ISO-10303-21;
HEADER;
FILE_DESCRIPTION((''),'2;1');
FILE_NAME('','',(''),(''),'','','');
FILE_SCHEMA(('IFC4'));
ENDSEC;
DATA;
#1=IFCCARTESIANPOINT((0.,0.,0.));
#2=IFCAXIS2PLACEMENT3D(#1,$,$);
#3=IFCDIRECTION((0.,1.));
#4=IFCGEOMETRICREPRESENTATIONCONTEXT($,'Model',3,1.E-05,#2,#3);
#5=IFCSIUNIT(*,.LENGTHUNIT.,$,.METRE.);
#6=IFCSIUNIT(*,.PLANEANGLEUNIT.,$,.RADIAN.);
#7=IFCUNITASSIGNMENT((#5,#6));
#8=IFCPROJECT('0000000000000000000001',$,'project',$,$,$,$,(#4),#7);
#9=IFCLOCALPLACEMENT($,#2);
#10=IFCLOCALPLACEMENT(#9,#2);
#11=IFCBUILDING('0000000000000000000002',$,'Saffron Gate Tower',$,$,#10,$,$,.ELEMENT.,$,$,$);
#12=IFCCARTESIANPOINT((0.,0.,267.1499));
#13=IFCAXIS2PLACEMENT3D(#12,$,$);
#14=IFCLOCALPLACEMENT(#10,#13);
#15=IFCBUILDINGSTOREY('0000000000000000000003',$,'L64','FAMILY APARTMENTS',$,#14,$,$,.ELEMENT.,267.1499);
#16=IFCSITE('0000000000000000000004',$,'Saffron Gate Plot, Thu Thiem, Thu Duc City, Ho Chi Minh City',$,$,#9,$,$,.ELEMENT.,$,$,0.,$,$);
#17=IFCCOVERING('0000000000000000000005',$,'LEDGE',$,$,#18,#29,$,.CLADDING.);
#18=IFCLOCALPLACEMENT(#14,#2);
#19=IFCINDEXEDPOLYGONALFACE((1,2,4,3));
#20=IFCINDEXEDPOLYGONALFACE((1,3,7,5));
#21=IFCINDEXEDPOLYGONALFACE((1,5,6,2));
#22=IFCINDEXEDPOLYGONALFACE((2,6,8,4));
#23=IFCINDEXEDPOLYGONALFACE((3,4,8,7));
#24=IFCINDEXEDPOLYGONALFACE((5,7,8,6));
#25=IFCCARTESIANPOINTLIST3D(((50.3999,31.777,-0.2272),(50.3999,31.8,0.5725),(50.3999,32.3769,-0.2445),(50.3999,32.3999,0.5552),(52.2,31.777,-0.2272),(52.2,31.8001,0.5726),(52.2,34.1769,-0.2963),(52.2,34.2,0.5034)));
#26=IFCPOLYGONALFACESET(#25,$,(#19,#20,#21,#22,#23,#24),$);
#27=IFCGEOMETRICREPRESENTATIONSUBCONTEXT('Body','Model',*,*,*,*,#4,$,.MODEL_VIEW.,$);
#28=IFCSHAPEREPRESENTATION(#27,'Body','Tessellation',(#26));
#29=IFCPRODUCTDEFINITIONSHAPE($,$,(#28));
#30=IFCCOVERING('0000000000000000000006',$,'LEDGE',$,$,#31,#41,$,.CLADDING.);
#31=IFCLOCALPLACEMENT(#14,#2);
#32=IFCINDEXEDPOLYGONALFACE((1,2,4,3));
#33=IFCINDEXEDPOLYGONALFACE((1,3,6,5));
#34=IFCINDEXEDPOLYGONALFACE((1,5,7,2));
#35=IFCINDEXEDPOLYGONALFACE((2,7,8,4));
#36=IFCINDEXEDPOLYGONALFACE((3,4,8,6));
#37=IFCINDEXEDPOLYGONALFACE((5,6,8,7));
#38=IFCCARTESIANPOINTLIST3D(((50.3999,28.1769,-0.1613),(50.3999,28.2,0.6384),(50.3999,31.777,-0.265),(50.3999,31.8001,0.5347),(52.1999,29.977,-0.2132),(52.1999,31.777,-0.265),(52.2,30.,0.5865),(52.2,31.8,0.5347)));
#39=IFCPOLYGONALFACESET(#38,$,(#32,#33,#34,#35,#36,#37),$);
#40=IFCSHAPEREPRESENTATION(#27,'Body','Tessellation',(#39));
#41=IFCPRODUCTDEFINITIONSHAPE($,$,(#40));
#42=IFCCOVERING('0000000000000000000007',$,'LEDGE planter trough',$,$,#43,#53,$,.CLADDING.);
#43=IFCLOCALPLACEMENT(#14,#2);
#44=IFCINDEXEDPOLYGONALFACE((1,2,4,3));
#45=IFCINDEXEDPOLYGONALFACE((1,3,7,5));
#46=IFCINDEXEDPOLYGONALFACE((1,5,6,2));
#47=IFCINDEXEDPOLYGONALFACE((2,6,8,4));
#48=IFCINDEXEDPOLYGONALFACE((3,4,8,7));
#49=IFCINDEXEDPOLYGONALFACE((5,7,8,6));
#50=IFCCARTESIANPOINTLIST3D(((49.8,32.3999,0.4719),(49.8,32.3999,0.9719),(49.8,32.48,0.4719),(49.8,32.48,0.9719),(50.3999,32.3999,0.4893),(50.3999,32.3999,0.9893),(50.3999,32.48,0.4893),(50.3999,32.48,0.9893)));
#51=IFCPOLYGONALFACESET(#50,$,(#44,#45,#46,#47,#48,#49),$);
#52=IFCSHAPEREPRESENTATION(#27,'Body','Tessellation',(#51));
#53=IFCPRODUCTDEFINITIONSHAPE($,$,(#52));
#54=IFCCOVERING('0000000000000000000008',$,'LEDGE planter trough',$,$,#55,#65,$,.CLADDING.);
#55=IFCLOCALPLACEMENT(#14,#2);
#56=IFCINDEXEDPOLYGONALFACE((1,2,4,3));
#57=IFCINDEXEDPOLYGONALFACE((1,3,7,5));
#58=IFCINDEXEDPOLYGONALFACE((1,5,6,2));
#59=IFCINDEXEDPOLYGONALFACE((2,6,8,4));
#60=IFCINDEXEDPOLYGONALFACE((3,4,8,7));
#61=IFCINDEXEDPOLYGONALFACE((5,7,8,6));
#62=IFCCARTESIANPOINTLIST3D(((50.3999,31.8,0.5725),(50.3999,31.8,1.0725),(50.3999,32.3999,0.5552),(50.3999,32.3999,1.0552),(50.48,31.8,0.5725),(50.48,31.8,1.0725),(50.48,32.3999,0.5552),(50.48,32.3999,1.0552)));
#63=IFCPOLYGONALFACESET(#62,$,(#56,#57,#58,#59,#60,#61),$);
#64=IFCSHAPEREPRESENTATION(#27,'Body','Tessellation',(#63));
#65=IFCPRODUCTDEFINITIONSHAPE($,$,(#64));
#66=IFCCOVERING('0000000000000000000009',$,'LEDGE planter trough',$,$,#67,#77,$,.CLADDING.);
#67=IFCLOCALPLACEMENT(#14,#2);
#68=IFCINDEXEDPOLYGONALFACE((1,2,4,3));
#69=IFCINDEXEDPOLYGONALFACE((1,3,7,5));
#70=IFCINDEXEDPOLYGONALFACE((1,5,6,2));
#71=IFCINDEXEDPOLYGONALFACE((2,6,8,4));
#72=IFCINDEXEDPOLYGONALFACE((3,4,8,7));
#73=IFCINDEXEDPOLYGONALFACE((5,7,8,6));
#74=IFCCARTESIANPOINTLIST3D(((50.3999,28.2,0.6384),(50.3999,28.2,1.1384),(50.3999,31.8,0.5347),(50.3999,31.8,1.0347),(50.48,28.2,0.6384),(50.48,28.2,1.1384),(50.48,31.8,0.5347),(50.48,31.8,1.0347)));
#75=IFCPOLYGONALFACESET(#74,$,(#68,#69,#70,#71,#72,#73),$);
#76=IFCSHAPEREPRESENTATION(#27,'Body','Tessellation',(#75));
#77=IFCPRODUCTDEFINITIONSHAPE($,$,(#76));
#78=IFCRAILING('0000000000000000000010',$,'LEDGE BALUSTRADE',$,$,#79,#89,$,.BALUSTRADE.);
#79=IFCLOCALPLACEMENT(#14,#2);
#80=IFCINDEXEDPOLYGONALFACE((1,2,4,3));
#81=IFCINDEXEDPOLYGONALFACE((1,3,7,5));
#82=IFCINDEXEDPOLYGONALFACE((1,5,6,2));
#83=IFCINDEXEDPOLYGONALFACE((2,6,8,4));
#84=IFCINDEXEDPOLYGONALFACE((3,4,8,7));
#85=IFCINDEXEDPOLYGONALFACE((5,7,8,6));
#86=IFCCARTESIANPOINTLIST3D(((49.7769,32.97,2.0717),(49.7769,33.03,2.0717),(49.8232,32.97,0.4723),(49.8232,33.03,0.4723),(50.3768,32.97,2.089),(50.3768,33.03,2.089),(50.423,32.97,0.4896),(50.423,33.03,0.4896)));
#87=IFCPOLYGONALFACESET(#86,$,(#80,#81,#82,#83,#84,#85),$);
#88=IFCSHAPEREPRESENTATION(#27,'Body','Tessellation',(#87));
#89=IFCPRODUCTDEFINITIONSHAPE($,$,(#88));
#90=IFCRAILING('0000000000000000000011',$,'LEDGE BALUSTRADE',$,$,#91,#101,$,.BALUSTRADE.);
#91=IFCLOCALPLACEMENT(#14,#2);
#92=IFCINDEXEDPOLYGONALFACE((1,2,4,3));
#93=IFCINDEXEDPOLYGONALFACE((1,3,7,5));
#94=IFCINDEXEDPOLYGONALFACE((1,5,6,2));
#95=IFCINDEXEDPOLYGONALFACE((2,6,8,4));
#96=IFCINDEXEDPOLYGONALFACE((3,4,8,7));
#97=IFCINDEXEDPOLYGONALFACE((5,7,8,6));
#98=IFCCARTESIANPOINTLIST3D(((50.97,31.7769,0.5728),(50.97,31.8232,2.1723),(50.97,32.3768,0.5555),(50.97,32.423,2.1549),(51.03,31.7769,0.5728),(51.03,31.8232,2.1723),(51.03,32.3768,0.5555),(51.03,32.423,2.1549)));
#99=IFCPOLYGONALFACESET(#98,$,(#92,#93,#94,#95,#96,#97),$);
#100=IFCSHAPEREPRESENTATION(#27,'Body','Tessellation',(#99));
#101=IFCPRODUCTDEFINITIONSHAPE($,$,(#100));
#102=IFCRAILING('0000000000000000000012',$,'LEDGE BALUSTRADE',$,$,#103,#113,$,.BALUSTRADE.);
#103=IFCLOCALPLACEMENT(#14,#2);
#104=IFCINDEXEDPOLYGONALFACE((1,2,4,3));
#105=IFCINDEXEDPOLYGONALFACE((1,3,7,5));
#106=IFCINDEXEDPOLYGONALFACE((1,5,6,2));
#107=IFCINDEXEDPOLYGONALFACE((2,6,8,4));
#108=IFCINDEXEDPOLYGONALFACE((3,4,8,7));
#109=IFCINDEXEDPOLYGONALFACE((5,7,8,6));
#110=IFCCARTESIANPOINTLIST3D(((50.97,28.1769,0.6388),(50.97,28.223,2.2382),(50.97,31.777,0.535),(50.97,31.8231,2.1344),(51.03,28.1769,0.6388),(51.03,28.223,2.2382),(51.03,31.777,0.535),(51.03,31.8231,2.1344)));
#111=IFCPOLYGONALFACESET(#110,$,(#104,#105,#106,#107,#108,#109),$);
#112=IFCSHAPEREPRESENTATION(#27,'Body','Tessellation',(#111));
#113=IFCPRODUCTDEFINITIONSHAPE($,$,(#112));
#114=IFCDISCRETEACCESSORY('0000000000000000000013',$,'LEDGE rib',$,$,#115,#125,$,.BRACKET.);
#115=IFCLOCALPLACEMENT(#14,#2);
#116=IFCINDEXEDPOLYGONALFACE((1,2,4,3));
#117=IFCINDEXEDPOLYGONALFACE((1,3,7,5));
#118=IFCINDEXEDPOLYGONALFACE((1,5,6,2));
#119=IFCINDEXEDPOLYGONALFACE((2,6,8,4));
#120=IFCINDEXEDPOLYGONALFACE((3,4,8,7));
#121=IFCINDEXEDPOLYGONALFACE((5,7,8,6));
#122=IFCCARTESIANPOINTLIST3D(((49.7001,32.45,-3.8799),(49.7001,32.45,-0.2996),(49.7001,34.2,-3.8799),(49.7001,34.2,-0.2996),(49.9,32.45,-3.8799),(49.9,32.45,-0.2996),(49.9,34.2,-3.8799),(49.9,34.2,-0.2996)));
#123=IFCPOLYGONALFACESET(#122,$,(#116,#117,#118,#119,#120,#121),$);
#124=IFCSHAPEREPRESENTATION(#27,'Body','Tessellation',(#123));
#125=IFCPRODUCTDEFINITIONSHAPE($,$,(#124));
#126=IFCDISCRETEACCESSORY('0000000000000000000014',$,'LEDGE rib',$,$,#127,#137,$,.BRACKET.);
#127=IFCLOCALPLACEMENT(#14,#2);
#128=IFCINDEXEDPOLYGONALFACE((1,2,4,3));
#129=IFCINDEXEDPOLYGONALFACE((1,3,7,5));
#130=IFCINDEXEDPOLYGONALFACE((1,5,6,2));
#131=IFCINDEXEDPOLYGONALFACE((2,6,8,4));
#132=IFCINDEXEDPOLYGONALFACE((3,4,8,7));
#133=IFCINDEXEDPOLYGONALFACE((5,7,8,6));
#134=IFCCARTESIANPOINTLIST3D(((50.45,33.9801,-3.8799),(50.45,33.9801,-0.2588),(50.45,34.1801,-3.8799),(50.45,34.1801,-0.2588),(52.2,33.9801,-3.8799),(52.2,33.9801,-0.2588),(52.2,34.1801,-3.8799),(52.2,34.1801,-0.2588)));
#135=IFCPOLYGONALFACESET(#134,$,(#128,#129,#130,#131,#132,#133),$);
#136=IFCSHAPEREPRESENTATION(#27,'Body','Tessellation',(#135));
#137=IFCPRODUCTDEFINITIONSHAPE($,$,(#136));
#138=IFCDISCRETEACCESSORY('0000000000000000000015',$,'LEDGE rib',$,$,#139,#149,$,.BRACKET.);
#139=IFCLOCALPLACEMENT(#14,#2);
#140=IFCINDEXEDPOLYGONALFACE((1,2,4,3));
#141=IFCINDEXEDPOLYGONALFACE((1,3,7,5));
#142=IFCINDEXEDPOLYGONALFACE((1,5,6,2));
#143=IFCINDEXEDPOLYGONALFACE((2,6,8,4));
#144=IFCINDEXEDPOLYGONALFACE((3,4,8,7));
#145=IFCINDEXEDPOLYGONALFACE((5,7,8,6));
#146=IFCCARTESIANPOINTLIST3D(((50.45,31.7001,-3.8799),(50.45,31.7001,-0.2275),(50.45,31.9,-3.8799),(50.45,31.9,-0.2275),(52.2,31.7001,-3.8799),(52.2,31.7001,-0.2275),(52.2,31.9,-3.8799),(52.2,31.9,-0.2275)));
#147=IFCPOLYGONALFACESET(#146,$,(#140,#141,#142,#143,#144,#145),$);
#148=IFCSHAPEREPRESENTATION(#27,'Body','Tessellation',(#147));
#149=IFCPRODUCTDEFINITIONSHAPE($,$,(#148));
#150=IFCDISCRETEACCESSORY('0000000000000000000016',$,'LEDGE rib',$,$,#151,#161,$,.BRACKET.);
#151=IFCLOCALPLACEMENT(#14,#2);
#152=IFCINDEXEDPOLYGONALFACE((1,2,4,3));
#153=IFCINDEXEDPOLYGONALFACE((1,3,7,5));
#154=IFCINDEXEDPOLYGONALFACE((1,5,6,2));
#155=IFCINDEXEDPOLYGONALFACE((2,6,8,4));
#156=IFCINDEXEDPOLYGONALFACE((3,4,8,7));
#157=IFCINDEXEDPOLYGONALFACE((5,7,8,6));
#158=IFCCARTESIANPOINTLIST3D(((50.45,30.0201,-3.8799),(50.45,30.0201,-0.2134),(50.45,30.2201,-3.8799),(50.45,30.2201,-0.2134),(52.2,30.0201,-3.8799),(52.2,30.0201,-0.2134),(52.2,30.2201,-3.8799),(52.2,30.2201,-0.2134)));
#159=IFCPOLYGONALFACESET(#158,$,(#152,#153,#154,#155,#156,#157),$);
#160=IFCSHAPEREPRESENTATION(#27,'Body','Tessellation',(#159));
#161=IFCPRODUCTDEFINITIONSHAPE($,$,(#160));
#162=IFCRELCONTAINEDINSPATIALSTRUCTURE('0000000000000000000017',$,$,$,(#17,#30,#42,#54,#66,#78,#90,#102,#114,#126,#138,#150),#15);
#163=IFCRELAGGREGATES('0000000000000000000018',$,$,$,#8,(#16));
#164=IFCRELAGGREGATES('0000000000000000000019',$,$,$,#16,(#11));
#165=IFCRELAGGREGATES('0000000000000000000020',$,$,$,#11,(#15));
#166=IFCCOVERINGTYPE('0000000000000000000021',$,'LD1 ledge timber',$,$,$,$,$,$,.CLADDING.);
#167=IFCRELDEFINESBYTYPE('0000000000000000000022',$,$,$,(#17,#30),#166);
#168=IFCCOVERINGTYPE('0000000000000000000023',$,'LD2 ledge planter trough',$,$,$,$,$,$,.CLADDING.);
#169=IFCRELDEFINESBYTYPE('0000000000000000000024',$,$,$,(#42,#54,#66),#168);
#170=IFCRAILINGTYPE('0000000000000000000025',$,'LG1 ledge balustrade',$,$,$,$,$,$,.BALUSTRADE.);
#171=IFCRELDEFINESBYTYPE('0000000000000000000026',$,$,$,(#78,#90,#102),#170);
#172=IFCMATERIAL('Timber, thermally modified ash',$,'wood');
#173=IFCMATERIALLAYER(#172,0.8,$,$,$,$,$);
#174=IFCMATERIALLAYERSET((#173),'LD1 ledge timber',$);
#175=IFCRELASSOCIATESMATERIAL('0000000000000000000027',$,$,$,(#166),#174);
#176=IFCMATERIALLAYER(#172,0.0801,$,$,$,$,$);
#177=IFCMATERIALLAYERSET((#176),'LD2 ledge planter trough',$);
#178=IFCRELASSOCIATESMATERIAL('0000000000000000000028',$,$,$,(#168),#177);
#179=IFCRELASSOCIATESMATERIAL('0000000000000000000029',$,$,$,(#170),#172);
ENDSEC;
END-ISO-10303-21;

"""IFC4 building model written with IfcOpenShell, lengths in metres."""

from ifc_helpers import new_model, si_unit, direction, frame, origin, origin_2d, place, context, subcontext, project, spatial, polyline, rectangle, outline, extrude, material, layer, layer_set, type_object, element, save


model = new_model("IFC4")

# Units and contexts
model_context = context("Model", 3, precision=1e-05, world=origin(), true_north=direction((0.0, 1.0)))
body_context = subcontext(model_context, "Body", "Model", "MODEL_VIEW")
ifc_project = project(units=[si_unit("LENGTHUNIT", "METRE"), si_unit("PLANEANGLEUNIT", "RADIAN")], contexts=[model_context])

# Site, building, storey
site_placement = place(None, origin())
site = spatial("IfcSite", under=ifc_project, at=site_placement, Name="Saffron Gate Plot, Thu Thiem, Thu Duc City, Ho Chi Minh City", CompositionType="ELEMENT", RefElevation=0.0)
building_placement = place(site_placement, origin())
building = spatial("IfcBuilding", under=site, at=building_placement, Name="Saffron Gate Tower", CompositionType="ELEMENT")
storey_placement = place(building_placement, frame((0.0, 0.0, 267.1499)))
storey = spatial("IfcBuildingStorey", under=building, at=storey_placement, Name="L64", Description="FAMILY APARTMENTS", CompositionType="ELEMENT", Elevation=267.1499)

# Coverings
ifc_material_1 = material(Name="Timber, thermally modified ash", Category="wood")
ifc_layer_1 = layer(ifc_material_1, 0.8)
ifc_layer_set_1 = layer_set([ifc_layer_1], Name="LD1 ledge timber")
covering_type_1 = type_object("IfcCoveringType", Name="LD1 ledge timber", PredefinedType="CLADDING", material=ifc_layer_set_1)
covering_1_placement = place(storey_placement, frame((52.2, 34.2, 0.5034), z_axis=(-0.000029, 0.028799, 0.999585), x_axis=(0.0, -0.999585, 0.028799)))
element("IfcCovering", 1, at=covering_1_placement, inside=storey, type_object=covering_type_1, Name="LEDGE", PredefinedType="CLADDING", context=body_context, shape_type="SweptSolid", body=[
    extrude(outline(polyline([(0.0, 0.0), (2.4009, 0.0), (2.4009, -1.8), (1.8008, -1.8), (0.0, 0.0)])), origin(), (0.0, 0.0, -1.0), 0.8),
])
covering_2_placement = place(storey_placement, frame((52.2, 31.8, 0.5347), z_axis=(0.000045, 0.028787, 0.999586), x_axis=(0.0, -0.999586, 0.028787)))
element("IfcCovering", 2, at=covering_2_placement, inside=storey, type_object=covering_type_1, Name="LEDGE", PredefinedType="CLADDING", context=body_context, shape_type="SweptSolid", body=[
    extrude(outline(polyline([(0.0, 0.0), (1.8008, 0.0), (3.6016, -1.8), (0.0, -1.8), (0.0, 0.0)])), origin(), (0.0, 0.0, -1.0), 0.8),
])
ifc_layer_2 = layer(ifc_material_1, 0.0801)
ifc_layer_set_2 = layer_set([ifc_layer_2], Name="LD2 ledge planter trough")
covering_type_2 = type_object("IfcCoveringType", Name="LD2 ledge planter trough", PredefinedType="CLADDING", material=ifc_layer_set_2)
for number, where, z_axis, x_axis, name in (
    (3, (49.8, 32.3999, 0.4719), (0.0, -1.0, 0.0), (0.999583, 0.0, 0.028885), "LEDGE planter trough"),
    (4, (50.3999, 32.3999, 0.5552), (-1.0, 0.0, 0.0), (0.0, -0.999583, 0.028885), "LEDGE planter trough"),
):
    element("IfcCovering", number, at=place(storey_placement, frame(where, z_axis=z_axis, x_axis=x_axis)), inside=storey, type_object=covering_type_2, Name=name, PredefinedType="CLADDING", context=body_context, shape_type="SweptSolid", body=[
        extrude(outline(polyline([(0.0, 0.0), (0.6001, 0.0), (0.6145, 0.4998), (0.0144, 0.4998), (0.0, 0.0)])), origin(), (0.0, 0.0, -1.0), 0.0801),
    ])
covering_3_placement = place(storey_placement, frame((50.3999, 31.8, 0.5347), z_axis=(-1.0, 0.0, 0.0), x_axis=(0.0, -0.999585, 0.028809)))
element("IfcCovering", 5, at=covering_3_placement, inside=storey, type_object=covering_type_2, Name="LEDGE planter trough", PredefinedType="CLADDING", context=body_context, shape_type="SweptSolid", body=[
    extrude(outline(polyline([(0.0, 0.0), (3.6016, 0.0), (3.616, 0.4998), (0.0144, 0.4998), (0.0, 0.0)])), origin(), (0.0, 0.0, -1.0), 0.0801),
])

# Railings
railing_type = type_object("IfcRailingType", Name="LG1 ledge balustrade", PredefinedType="BALUSTRADE", material=ifc_material_1)
railing_1_placement = place(storey_placement, frame((49.8, 33.0, 0.4719)))
element("IfcRailing", 6, at=railing_1_placement, inside=storey, type_object=railing_type, Name="LEDGE BALUSTRADE", PredefinedType="BALUSTRADE", context=body_context, shape_type="SweptSolid", body=[
    extrude(rectangle(XDim=0.0601, YDim=1.6001, at=origin_2d()), frame((0.0, 0.0, 0.8), z_axis=(0.999583, 0.0, 0.028885), x_axis=(0.0, 1.0, 0.0)), (0.0, 0.0, 1.0), 0.6001),
])
railing_2_placement = place(storey_placement, frame((51.0, 32.3999, 0.5552)))
element("IfcRailing", 7, at=railing_2_placement, inside=storey, type_object=railing_type, Name="LEDGE BALUSTRADE", PredefinedType="BALUSTRADE", context=body_context, shape_type="SweptSolid", body=[
    extrude(rectangle(XDim=0.0601, YDim=1.6001, at=origin_2d()), frame((0.0, 0.0, 0.8), z_axis=(0.0, -0.999583, 0.028885), x_axis=(1.0, 0.0, 0.0)), (0.0, 0.0, 1.0), 0.6001),
])
railing_3_placement = place(storey_placement, frame((51.0, 31.8, 0.5347)))
element("IfcRailing", 8, at=railing_3_placement, inside=storey, type_object=railing_type, Name="LEDGE BALUSTRADE", PredefinedType="BALUSTRADE", context=body_context, shape_type="SweptSolid", body=[
    extrude(rectangle(XDim=0.0601, YDim=1.6001, at=origin_2d()), frame((0.0, 0.0, 0.8), z_axis=(0.0, -0.999585, 0.028809), x_axis=(1.0, 0.0, 0.0)), (0.0, 0.0, 1.0), 3.6016),
])

# Discrete accessories
discrete_accessory_1_placement = place(storey_placement, frame((49.8, 33.325, -3.8799), z_axis=(0.0, 0.0, 1.0), x_axis=(1.0, 0.0, 0.0)))
element("IfcDiscreteAccessory", 9, at=discrete_accessory_1_placement, inside=storey, Name="LEDGE rib", PredefinedType="BRACKET", context=body_context, shape_type="SweptSolid", body=[
    extrude(rectangle(XDim=0.2, YDim=1.75, at=origin_2d()), origin(), (0.0, 0.0, 1.0), 3.5803),
])
discrete_accessory_2_placement = place(storey_placement, frame((51.325, 34.0801, -3.8799), z_axis=(0.0, 0.0, 1.0), x_axis=(0.0, -1.0, 0.0)))
element("IfcDiscreteAccessory", 10, at=discrete_accessory_2_placement, inside=storey, Name="LEDGE rib", PredefinedType="BRACKET", context=body_context, shape_type="SweptSolid", body=[
    extrude(rectangle(XDim=0.2, YDim=1.75, at=origin_2d()), origin(), (0.0, 0.0, 1.0), 3.6211),
])
discrete_accessory_3_placement = place(storey_placement, frame((51.325, 31.8, -3.8799), z_axis=(0.0, 0.0, 1.0), x_axis=(0.0, -1.0, 0.0)))
element("IfcDiscreteAccessory", 11, at=discrete_accessory_3_placement, inside=storey, Name="LEDGE rib", PredefinedType="BRACKET", context=body_context, shape_type="SweptSolid", body=[
    extrude(rectangle(XDim=0.2, YDim=1.75, at=origin_2d()), origin(), (0.0, 0.0, 1.0), 3.6523),
])
discrete_accessory_4_placement = place(storey_placement, frame((51.325, 30.1201, -3.8799), z_axis=(0.0, 0.0, 1.0), x_axis=(0.0, -1.0, 0.0)))
element("IfcDiscreteAccessory", 12, at=discrete_accessory_4_placement, inside=storey, Name="LEDGE rib", PredefinedType="BRACKET", context=body_context, shape_type="SweptSolid", body=[
    extrude(rectangle(XDim=0.2, YDim=1.75, at=origin_2d()), origin(), (0.0, 0.0, 1.0), 3.6665),
])

save(model, "model.ifc")
